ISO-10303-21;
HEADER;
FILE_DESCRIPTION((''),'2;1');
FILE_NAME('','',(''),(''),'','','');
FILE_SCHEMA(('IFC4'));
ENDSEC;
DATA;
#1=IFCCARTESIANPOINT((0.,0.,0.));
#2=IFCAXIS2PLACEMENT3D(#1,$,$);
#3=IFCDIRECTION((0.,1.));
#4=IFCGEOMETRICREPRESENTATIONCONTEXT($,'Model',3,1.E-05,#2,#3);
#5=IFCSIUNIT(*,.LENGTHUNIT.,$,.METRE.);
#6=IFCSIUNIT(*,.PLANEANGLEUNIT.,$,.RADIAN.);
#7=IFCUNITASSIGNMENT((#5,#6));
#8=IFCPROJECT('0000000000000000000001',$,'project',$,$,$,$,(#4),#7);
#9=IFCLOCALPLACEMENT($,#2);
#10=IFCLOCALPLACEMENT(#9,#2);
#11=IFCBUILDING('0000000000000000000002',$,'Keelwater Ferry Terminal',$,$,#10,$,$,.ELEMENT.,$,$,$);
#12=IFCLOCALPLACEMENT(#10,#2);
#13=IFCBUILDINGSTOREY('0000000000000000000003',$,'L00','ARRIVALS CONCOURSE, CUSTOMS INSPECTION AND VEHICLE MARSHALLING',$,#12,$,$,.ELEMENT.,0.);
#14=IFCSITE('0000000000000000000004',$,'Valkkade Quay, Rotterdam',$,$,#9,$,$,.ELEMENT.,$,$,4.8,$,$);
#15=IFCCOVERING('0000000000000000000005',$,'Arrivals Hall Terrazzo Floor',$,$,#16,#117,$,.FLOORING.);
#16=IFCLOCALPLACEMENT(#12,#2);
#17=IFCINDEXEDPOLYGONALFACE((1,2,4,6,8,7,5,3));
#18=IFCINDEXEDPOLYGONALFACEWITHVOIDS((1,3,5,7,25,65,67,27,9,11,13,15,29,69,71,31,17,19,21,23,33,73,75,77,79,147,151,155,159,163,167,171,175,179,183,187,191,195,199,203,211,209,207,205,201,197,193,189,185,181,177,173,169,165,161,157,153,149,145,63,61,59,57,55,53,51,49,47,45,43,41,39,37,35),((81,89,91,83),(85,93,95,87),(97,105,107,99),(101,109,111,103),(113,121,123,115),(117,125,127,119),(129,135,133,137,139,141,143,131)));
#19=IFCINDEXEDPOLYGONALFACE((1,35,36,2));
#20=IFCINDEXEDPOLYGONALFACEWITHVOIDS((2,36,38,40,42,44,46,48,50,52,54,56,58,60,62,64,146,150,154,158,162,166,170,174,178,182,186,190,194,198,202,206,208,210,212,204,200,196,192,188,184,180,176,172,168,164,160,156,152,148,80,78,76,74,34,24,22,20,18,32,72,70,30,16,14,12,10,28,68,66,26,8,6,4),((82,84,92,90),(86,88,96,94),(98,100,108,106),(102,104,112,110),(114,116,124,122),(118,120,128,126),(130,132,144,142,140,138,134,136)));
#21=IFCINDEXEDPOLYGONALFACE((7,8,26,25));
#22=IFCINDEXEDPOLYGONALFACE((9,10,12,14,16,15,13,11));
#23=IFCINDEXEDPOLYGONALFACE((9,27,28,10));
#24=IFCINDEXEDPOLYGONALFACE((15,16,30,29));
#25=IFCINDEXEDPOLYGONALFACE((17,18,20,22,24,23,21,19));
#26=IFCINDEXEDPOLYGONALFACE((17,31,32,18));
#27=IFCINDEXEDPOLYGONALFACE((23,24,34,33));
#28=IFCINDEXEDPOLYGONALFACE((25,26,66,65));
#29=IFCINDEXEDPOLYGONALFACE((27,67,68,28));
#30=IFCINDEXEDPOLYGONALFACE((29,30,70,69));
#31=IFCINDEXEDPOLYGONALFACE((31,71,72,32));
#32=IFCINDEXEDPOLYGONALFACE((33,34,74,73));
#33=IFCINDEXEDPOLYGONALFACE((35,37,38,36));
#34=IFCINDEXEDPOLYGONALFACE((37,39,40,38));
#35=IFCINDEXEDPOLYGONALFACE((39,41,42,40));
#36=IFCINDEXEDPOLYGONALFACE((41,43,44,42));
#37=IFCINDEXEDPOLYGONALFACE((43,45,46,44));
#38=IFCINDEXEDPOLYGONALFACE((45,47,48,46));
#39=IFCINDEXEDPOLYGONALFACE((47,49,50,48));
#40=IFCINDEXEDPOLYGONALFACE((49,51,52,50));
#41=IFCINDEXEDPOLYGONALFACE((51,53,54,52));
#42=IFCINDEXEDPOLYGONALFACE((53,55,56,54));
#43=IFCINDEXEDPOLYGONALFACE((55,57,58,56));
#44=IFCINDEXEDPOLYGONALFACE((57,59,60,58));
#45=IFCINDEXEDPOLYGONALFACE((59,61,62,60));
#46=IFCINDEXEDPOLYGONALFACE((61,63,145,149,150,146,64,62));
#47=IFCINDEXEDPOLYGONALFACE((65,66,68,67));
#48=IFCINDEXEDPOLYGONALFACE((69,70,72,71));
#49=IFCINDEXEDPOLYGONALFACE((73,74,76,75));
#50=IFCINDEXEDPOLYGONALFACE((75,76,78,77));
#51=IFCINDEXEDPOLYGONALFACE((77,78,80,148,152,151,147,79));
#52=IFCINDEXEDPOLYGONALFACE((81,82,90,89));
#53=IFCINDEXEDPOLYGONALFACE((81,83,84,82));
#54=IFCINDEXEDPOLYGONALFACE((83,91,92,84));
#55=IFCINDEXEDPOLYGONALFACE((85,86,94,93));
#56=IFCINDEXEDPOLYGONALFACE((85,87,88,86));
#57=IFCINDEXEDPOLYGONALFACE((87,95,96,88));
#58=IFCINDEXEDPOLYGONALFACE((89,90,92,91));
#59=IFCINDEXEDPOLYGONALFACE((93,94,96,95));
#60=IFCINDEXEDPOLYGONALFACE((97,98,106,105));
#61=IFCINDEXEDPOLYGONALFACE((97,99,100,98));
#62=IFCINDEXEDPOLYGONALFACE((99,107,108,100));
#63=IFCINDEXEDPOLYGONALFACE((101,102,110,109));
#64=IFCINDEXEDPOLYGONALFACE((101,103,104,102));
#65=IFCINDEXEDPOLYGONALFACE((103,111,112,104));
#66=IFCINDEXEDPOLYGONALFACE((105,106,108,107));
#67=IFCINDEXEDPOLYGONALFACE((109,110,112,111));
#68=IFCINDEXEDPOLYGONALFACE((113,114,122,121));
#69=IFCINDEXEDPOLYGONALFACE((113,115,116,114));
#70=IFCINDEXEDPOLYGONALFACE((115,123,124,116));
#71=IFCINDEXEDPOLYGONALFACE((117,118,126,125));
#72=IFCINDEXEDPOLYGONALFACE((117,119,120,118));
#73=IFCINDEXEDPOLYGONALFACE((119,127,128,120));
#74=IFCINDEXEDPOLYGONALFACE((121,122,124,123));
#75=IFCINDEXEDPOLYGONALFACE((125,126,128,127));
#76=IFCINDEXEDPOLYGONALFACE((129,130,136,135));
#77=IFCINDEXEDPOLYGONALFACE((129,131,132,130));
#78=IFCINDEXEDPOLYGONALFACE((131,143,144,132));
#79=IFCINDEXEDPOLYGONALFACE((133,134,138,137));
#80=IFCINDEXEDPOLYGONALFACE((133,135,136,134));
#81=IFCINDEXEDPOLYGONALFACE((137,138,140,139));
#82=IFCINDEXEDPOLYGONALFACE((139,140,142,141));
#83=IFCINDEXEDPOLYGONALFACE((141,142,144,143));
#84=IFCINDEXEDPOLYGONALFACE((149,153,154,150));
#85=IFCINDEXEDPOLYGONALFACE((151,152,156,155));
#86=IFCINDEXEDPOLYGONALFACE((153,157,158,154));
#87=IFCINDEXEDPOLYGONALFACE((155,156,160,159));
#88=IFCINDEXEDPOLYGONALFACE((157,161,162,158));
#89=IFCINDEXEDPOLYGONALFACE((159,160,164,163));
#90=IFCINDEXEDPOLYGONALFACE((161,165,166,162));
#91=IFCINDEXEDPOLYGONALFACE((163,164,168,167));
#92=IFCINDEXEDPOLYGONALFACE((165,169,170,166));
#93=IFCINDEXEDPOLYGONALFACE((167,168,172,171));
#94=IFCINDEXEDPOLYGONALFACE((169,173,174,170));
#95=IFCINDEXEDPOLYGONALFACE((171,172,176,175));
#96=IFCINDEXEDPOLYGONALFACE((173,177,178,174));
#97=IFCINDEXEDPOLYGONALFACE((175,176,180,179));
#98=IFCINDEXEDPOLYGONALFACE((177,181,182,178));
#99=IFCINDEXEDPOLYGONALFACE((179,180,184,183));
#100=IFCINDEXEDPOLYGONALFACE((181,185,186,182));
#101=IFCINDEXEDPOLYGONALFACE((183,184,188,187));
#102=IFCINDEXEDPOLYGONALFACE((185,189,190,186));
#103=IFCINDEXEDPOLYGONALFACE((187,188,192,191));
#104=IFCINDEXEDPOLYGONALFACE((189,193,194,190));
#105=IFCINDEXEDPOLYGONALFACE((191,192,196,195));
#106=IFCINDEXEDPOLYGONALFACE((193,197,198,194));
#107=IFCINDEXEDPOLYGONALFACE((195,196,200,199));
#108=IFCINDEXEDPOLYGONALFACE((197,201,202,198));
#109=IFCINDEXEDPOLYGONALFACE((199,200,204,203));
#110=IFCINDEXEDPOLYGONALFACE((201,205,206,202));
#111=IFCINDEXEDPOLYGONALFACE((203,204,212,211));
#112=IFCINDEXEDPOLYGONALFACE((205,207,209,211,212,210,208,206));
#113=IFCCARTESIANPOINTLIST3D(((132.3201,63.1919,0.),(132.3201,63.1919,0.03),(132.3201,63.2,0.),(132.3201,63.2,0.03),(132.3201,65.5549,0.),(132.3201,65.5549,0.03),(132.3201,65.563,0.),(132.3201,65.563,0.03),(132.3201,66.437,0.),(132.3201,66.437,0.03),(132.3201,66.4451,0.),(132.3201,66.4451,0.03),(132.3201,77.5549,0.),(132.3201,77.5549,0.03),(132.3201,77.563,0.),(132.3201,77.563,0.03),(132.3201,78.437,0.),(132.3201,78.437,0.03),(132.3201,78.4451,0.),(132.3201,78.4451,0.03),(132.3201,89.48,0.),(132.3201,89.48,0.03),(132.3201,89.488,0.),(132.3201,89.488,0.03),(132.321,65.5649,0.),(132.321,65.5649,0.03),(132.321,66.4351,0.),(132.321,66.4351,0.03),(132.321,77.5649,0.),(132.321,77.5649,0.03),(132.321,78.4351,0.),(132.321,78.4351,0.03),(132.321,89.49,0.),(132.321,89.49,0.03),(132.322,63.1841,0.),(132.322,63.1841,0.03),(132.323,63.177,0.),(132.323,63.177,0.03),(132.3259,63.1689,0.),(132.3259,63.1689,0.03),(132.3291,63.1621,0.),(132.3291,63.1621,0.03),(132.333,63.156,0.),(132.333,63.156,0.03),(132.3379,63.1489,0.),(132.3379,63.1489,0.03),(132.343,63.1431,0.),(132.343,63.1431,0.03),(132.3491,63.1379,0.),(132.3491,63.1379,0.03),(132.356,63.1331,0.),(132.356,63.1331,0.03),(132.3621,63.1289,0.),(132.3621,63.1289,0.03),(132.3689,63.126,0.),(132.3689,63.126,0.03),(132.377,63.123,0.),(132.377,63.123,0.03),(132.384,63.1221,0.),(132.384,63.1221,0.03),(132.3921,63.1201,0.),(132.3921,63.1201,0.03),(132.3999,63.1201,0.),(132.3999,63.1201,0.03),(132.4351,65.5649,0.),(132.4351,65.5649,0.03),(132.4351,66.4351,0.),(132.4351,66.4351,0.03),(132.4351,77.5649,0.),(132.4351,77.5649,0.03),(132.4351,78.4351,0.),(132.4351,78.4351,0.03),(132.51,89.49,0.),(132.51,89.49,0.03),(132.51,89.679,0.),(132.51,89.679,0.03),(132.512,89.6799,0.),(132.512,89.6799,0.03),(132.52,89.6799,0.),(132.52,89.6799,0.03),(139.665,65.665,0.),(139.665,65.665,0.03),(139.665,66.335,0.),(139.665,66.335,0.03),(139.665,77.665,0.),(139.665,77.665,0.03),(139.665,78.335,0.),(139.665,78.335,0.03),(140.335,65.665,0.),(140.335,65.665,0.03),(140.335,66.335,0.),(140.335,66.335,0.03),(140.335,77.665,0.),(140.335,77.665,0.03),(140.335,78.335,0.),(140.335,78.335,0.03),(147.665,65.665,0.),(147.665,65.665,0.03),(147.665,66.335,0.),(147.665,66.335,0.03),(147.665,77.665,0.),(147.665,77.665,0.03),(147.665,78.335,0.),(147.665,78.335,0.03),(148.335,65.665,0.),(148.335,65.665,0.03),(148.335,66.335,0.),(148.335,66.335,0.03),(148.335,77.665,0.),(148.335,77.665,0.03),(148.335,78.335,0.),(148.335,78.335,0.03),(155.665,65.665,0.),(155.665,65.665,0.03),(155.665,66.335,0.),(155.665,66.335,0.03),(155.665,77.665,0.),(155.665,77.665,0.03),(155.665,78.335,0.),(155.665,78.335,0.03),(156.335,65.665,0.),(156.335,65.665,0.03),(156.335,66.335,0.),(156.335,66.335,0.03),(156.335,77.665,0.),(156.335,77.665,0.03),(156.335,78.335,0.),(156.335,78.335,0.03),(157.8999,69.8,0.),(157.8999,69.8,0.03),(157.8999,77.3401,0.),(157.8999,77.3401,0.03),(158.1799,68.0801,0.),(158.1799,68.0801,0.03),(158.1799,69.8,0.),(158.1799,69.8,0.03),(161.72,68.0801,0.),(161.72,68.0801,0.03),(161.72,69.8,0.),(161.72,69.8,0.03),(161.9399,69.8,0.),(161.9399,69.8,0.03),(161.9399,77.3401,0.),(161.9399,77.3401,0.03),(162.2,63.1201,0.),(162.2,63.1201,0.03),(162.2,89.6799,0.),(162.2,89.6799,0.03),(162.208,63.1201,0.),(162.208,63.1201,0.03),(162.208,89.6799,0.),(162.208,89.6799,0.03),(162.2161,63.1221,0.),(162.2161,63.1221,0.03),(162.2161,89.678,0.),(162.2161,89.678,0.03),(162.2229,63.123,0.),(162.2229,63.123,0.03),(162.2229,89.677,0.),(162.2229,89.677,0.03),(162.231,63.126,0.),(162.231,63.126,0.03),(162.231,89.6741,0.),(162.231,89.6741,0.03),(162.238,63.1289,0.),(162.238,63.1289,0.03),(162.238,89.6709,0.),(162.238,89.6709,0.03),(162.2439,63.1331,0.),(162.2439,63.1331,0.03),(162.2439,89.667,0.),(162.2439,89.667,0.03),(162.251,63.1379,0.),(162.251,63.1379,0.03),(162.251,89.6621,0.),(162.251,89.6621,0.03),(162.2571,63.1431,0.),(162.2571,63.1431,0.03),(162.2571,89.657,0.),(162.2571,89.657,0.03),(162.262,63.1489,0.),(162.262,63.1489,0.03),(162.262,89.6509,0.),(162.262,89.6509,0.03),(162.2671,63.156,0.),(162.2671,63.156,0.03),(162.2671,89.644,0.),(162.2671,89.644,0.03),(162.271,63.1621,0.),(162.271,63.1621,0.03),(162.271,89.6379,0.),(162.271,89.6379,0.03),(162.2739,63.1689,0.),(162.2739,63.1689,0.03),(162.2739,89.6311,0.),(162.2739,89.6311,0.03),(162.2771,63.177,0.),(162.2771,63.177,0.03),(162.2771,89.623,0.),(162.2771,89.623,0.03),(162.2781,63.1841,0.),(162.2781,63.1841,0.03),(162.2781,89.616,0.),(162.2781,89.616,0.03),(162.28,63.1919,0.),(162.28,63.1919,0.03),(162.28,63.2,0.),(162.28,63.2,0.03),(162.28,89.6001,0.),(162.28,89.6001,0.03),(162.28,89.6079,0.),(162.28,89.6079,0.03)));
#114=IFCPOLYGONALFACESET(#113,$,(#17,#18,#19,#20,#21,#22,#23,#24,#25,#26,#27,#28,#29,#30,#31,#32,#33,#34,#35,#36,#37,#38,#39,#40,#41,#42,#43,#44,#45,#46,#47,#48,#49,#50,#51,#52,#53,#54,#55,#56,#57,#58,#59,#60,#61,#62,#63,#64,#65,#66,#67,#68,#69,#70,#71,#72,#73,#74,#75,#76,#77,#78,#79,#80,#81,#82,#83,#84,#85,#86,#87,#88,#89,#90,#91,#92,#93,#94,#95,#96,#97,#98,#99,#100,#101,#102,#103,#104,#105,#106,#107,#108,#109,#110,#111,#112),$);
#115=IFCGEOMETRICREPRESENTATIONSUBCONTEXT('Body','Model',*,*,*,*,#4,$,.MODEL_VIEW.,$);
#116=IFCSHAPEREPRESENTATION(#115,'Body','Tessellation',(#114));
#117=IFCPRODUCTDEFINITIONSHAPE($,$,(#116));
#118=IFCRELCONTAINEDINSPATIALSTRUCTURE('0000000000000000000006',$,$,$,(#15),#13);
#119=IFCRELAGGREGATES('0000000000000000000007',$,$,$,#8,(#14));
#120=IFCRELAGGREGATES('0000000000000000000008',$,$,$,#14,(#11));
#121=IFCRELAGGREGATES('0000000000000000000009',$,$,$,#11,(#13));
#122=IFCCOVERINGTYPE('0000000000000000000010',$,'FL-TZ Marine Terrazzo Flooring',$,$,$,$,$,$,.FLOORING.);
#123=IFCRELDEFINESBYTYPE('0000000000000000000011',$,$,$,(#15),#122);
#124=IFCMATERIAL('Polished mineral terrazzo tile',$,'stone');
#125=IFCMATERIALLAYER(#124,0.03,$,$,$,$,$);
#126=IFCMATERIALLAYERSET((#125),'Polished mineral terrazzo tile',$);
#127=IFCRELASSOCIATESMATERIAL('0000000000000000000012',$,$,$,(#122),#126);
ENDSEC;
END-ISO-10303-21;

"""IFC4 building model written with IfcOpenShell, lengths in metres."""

from ifc_helpers import new_model, si_unit, direction, origin, place, context, subcontext, project, spatial, polyline, outline, extrude, material, layer, layer_set, type_object, element, save


model = new_model("IFC4")

# Units and contexts
model_context = context("Model", 3, precision=1e-05, world=origin(), true_north=direction((0.0, 1.0)))
body_context = subcontext(model_context, "Body", "Model", "MODEL_VIEW")
ifc_project = project(units=[si_unit("LENGTHUNIT", "METRE"), si_unit("PLANEANGLEUNIT", "RADIAN")], contexts=[model_context])

# Site, building, storey
site_placement = place(None, origin())
site = spatial("IfcSite", under=ifc_project, at=site_placement, Name="Valkkade Quay, Rotterdam", CompositionType="ELEMENT", RefElevation=4.8)
building_placement = place(site_placement, origin())
building = spatial("IfcBuilding", under=site, at=building_placement, Name="Keelwater Ferry Terminal", CompositionType="ELEMENT")
storey_placement = place(building_placement, origin())
storey = spatial("IfcBuildingStorey", under=building, at=storey_placement, Name="L00", Description="ARRIVALS CONCOURSE, CUSTOMS INSPECTION AND VEHICLE MARSHALLING", CompositionType="ELEMENT", Elevation=0.0)

# Covering
ifc_material_1 = material(Name="Polished mineral terrazzo tile", Category="stone")
ifc_layer_1 = layer(ifc_material_1, 0.03)
ifc_layer_set_1 = layer_set([ifc_layer_1], Name="Polished mineral terrazzo tile")
covering_type_1 = type_object("IfcCoveringType", Name="FL-TZ Marine Terrazzo Flooring", PredefinedType="FLOORING", material=ifc_layer_set_1)
covering_1_placement = place(storey_placement, origin())
element("IfcCovering", 1, at=covering_1_placement, inside=storey, type_object=covering_type_1, Name="Arrivals Hall Terrazzo Floor", PredefinedType="FLOORING", context=body_context, shape_type="SweptSolid", body=[
    extrude(outline(polyline([(132.3201, 66.437), (132.3201, 66.4451), (132.3201, 77.5549), (132.3201, 77.563), (132.321, 77.5649), (132.4351, 77.5649), (132.4351, 78.4351), (132.321, 78.4351), (132.3201, 78.437), (132.3201, 78.4451), (132.3201, 89.48), (132.3201, 89.488), (132.321, 89.49), (132.51, 89.49), (132.51, 89.679), (132.512, 89.6799), (132.52, 89.6799), (162.2, 89.6799), (162.208, 89.6799), (162.2161, 89.678), (162.2229, 89.677), (162.231, 89.6741), (162.238, 89.6709), (162.2439, 89.667), (162.251, 89.6621), (162.2571, 89.657), (162.262, 89.6509), (162.2671, 89.644), (162.271, 89.6379), (162.2739, 89.6311), (162.2771, 89.623), (162.2781, 89.616), (162.28, 89.6079), (162.28, 89.6001), (162.28, 63.2), (162.28, 63.1919), (162.2781, 63.1841), (162.2771, 63.177), (162.2739, 63.1689), (162.271, 63.1621), (162.2671, 63.156), (162.262, 63.1489), (162.2571, 63.1431), (162.251, 63.1379), (162.2439, 63.1331), (162.238, 63.1289), (162.231, 63.126), (162.2229, 63.123), (162.2161, 63.1221), (162.208, 63.1201), (162.2, 63.1201), (132.3999, 63.1201), (132.3921, 63.1201), (132.384, 63.1221), (132.377, 63.123), (132.3689, 63.126), (132.3621, 63.1289), (132.356, 63.1331), (132.3491, 63.1379), (132.343, 63.1431), (132.3379, 63.1489), (132.333, 63.156), (132.3291, 63.1621), (132.3259, 63.1689), (132.323, 63.177), (132.322, 63.1841), (132.3201, 63.1919), (132.3201, 63.2), (132.3201, 65.5549), (132.3201, 65.563), (132.321, 65.5649), (132.4351, 65.5649), (132.4351, 66.4351), (132.321, 66.4351), (132.3201, 66.437)]), holes=[polyline([(161.72, 69.8), (161.9399, 69.8), (161.9399, 77.3401), (157.8999, 77.3401), (157.8999, 69.8), (158.1799, 69.8), (158.1799, 68.0801), (161.72, 68.0801), (161.72, 69.8)]), polyline([(140.335, 66.335), (139.665, 66.335), (139.665, 65.665), (140.335, 65.665), (140.335, 66.335)]), polyline([(156.335, 66.335), (155.665, 66.335), (155.665, 65.665), (156.335, 65.665), (156.335, 66.335)]), polyline([(148.335, 66.335), (147.665, 66.335), (147.665, 65.665), (148.335, 65.665), (148.335, 66.335)]), polyline([(156.335, 78.335), (155.665, 78.335), (155.665, 77.665), (156.335, 77.665), (156.335, 78.335)]), polyline([(148.335, 78.335), (147.665, 78.335), (147.665, 77.665), (148.335, 77.665), (148.335, 78.335)]), polyline([(140.335, 78.335), (139.665, 78.335), (139.665, 77.665), (140.335, 77.665), (140.335, 78.335)])]), origin(), (0.0, 0.0, 1.0), 0.03),
])

save(model, "model.ifc")
